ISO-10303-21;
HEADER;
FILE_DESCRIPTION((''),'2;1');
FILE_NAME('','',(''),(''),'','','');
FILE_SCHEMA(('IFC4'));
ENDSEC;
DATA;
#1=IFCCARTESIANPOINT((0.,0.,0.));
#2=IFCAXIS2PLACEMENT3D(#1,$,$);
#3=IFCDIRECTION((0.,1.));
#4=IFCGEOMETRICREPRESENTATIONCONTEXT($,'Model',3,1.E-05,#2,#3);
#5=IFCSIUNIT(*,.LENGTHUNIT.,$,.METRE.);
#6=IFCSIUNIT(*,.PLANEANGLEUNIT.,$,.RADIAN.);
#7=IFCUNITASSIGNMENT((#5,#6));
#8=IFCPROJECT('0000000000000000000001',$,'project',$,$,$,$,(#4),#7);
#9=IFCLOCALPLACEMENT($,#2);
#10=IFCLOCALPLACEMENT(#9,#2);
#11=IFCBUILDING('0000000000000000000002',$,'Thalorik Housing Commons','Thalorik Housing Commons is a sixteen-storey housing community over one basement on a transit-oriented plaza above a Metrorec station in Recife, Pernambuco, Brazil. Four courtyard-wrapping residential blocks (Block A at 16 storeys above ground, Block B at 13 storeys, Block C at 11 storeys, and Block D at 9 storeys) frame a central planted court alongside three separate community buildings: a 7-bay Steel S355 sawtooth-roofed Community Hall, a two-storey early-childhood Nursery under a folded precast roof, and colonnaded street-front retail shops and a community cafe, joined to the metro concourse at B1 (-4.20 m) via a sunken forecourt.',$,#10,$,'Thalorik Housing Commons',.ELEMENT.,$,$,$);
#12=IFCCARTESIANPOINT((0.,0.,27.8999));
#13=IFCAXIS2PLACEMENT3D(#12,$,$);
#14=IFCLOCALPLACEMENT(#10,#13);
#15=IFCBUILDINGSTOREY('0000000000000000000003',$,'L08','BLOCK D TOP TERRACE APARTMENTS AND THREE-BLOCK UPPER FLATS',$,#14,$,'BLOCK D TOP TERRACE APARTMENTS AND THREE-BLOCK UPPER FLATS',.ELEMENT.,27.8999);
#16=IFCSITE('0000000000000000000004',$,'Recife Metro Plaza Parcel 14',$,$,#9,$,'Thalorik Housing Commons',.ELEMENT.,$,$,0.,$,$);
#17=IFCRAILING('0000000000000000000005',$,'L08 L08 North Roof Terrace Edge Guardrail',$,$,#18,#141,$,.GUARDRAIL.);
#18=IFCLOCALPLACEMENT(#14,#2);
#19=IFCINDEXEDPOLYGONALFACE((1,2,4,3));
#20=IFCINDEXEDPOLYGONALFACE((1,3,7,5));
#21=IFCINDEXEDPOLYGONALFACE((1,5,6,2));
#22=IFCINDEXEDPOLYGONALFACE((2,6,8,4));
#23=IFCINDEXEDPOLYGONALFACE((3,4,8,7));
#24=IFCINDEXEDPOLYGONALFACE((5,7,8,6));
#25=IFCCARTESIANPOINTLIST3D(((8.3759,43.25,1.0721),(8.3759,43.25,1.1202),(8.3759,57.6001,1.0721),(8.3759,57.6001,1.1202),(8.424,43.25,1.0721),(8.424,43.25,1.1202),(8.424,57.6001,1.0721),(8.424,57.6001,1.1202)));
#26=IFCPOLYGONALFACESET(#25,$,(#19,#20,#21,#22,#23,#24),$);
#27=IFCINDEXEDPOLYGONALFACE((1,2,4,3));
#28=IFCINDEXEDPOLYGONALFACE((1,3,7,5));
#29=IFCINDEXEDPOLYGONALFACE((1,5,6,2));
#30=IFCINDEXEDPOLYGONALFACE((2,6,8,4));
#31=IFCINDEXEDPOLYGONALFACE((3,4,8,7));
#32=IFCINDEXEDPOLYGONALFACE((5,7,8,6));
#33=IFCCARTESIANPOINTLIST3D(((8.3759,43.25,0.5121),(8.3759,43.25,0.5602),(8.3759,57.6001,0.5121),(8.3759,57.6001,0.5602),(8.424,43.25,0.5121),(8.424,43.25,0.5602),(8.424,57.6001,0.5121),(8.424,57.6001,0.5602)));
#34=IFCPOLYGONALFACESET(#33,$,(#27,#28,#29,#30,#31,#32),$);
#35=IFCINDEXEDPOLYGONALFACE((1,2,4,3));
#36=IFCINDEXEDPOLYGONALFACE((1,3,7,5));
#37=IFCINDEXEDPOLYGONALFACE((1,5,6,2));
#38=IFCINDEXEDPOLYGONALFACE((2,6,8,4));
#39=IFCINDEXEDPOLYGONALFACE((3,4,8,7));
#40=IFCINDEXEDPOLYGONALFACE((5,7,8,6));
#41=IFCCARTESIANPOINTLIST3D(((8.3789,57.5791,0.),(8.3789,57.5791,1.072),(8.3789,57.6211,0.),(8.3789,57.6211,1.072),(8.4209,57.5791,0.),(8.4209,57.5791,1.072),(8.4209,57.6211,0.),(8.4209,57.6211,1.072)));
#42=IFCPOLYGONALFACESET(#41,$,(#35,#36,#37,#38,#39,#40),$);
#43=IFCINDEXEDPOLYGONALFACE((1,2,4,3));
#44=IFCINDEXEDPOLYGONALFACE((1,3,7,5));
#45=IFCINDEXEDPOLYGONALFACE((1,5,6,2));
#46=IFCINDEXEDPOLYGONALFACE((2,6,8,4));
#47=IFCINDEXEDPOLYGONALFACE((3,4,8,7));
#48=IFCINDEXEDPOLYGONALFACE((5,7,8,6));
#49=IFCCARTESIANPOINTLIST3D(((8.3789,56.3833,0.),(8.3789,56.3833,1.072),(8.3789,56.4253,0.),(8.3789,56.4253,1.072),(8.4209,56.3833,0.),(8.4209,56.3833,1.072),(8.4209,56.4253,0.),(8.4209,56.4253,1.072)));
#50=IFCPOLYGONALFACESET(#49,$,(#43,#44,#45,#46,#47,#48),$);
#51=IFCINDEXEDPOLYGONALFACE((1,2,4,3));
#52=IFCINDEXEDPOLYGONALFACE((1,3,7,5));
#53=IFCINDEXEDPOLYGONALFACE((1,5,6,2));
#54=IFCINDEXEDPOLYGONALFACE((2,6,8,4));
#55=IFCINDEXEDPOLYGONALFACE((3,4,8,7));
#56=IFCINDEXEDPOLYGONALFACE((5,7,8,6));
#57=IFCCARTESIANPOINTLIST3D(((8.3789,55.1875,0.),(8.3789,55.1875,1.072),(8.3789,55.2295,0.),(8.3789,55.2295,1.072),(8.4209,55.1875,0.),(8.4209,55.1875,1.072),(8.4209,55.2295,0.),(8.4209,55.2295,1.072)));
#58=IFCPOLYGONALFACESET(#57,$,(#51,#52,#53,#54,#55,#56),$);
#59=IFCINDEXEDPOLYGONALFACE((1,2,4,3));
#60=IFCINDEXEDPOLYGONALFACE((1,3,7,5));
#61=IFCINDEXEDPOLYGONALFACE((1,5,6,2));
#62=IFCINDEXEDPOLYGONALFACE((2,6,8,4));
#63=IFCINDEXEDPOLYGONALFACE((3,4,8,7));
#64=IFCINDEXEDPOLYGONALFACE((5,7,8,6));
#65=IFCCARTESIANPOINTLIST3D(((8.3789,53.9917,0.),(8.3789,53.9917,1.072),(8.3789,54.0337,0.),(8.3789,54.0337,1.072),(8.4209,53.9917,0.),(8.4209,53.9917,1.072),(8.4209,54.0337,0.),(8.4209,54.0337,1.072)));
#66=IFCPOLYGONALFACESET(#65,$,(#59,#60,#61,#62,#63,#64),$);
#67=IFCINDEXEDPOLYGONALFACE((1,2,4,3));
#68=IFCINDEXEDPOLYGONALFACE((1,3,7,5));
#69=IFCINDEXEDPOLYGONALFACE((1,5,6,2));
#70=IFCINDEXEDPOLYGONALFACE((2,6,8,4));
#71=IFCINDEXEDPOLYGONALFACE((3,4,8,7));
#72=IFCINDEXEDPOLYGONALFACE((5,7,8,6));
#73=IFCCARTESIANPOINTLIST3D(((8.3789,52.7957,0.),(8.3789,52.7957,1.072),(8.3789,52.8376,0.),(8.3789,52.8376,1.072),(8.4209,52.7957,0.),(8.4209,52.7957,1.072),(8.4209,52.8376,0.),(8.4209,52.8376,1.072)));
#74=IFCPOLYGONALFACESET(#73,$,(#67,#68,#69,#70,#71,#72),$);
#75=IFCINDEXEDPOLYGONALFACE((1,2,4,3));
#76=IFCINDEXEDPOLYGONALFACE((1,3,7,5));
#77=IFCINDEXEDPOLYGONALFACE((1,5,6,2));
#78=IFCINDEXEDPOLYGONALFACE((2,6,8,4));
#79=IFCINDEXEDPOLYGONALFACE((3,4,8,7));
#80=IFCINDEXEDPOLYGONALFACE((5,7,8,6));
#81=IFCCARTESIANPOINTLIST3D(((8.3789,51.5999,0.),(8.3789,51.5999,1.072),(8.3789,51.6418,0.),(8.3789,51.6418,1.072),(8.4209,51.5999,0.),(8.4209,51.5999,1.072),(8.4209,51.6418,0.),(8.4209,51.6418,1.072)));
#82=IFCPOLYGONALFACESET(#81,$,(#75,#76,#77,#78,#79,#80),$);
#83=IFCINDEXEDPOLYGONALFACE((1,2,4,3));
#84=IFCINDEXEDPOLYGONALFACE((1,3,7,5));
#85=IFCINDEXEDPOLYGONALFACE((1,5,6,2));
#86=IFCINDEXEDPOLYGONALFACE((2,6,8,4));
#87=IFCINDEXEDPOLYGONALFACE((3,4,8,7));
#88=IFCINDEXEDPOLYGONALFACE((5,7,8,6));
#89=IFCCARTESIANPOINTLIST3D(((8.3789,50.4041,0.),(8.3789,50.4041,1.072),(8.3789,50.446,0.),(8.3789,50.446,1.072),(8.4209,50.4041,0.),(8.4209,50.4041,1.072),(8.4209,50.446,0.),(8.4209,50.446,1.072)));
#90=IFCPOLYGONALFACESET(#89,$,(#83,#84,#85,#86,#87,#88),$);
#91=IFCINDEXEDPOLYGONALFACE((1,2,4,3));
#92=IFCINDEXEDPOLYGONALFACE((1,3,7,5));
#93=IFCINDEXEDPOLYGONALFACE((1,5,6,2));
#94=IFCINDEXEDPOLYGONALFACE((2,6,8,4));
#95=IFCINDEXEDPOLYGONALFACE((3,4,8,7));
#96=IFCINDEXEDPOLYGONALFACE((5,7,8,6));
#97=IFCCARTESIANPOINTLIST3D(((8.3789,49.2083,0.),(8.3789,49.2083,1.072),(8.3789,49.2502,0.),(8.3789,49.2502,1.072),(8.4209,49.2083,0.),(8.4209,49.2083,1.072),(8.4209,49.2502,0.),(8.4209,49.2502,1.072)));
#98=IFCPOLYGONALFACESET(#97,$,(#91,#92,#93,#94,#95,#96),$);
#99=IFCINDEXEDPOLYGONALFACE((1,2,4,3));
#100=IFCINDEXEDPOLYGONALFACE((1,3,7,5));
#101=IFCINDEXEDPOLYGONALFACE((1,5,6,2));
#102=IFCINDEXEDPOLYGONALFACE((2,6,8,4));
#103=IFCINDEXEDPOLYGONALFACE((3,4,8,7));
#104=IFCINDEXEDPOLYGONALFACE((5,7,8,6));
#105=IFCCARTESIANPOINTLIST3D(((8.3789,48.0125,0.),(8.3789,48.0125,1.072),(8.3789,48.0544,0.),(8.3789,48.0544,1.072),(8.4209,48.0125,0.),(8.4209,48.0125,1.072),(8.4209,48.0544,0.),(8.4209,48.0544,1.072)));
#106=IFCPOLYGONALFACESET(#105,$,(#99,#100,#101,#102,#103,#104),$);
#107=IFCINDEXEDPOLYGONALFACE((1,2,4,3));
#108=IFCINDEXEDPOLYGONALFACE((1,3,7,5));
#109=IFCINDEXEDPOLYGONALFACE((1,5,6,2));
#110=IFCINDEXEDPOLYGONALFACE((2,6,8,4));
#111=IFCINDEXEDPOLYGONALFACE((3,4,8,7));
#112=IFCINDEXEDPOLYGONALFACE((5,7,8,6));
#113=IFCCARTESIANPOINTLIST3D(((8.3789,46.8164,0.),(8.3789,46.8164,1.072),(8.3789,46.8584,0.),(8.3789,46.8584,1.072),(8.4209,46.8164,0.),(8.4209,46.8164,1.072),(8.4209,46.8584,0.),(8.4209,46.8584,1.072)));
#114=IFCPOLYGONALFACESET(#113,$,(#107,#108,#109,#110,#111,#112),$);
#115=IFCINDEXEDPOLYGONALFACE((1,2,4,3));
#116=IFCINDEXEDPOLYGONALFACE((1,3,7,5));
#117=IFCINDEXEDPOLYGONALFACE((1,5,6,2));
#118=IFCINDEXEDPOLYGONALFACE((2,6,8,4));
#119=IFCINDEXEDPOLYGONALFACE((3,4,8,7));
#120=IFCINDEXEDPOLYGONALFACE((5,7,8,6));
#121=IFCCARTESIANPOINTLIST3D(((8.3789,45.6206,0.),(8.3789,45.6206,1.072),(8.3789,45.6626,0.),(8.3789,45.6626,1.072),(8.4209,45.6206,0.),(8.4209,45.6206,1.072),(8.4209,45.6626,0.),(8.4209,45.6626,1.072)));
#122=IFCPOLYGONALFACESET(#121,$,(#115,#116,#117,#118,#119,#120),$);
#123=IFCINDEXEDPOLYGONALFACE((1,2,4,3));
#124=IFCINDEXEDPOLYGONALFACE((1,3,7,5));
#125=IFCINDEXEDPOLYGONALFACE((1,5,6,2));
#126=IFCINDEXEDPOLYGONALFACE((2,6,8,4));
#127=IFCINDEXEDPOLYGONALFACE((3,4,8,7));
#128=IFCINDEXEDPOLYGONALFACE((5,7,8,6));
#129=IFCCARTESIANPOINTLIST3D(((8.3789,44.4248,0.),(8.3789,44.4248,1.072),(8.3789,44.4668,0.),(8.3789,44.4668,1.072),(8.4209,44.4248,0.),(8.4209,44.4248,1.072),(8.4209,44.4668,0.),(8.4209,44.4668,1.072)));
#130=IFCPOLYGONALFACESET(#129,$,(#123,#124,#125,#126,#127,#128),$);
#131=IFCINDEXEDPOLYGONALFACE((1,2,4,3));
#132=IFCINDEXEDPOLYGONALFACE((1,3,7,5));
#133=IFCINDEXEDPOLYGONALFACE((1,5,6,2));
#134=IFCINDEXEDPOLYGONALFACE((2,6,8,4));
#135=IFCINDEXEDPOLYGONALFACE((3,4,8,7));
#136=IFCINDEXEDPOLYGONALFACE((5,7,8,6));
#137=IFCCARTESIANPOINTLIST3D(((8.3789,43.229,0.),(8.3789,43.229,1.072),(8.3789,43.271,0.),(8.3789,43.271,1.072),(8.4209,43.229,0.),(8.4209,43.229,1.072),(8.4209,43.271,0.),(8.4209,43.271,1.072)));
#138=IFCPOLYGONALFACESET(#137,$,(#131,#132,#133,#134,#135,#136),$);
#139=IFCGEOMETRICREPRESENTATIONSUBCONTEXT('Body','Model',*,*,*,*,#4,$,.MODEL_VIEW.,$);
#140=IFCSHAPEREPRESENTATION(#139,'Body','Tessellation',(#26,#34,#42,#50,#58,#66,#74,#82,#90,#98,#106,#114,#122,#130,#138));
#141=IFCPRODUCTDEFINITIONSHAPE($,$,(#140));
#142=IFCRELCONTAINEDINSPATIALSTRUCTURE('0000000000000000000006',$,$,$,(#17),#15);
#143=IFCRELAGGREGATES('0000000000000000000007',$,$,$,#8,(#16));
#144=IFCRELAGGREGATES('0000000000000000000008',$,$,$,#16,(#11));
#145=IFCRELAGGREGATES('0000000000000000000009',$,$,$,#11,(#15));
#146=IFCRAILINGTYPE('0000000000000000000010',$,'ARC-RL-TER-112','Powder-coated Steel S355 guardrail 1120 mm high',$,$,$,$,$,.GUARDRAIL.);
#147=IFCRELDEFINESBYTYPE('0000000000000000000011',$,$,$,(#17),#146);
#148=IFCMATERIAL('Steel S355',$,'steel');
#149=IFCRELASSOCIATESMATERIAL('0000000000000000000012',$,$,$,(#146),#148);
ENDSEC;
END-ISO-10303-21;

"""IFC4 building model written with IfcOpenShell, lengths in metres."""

from ifc_helpers import new_model, si_unit, direction, frame, origin, origin_2d, place, context, subcontext, project, spatial, rectangle, extrude, material, type_object, element, save


model = new_model("IFC4")

# Units and contexts
model_context = context("Model", 3, precision=1e-05, world=origin(), true_north=direction((0.0, 1.0)))
body_context = subcontext(model_context, "Body", "Model", "MODEL_VIEW")
ifc_project = project(units=[si_unit("LENGTHUNIT", "METRE"), si_unit("PLANEANGLEUNIT", "RADIAN")], contexts=[model_context])

# Site, building, storey
site_placement = place(None, origin())
site = spatial("IfcSite", under=ifc_project, at=site_placement, Name="Recife Metro Plaza Parcel 14", LongName="Thalorik Housing Commons", CompositionType="ELEMENT", RefElevation=0.0)
building_placement = place(site_placement, origin())
building = spatial("IfcBuilding", under=site, at=building_placement, Name="Thalorik Housing Commons", Description="Thalorik Housing Commons is a sixteen-storey housing community over one basement on a transit-oriented plaza above a Metrorec station in Recife, Pernambuco, Brazil. Four courtyard-wrapping residential blocks (Block A at 16 storeys above ground, Block B at 13 storeys, Block C at 11 storeys, and Block D at 9 storeys) frame a central planted court alongside three separate community buildings: a 7-bay Steel S355 sawtooth-roofed Community Hall, a two-storey early-childhood Nursery under a folded precast roof, and colonnaded street-front retail shops and a community cafe, joined to the metro concourse at B1 (-4.20 m) via a sunken forecourt.", LongName="Thalorik Housing Commons", CompositionType="ELEMENT")
storey_placement = place(building_placement, frame((0.0, 0.0, 27.8999)))
storey = spatial("IfcBuildingStorey", under=building, at=storey_placement, Name="L08", Description="BLOCK D TOP TERRACE APARTMENTS AND THREE-BLOCK UPPER FLATS", LongName="BLOCK D TOP TERRACE APARTMENTS AND THREE-BLOCK UPPER FLATS", CompositionType="ELEMENT", Elevation=27.8999)

# Railing
ifc_material_1 = material(Name="Steel S355", Category="steel")
railing_type_1 = type_object("IfcRailingType", Name="ARC-RL-TER-112", Description="Powder-coated Steel S355 guardrail 1120 mm high", PredefinedType="GUARDRAIL", material=ifc_material_1)
railing_1_placement = place(storey_placement, frame((8.3999, 57.6001, 0.0)))
element("IfcRailing", 1, at=railing_1_placement, inside=storey, type_object=railing_type_1, Name="L08 L08 North Roof Terrace Edge Guardrail", PredefinedType="GUARDRAIL", context=body_context, shape_type="SweptSolid", body=[
    extrude(rectangle(XDim=0.0481, YDim=0.0481, at=origin_2d()), frame((0.0, 0.0, 1.0962), z_axis=(0.0, -1.0, 0.0), x_axis=(1.0, 0.0, 0.0)), (0.0, 0.0, 1.0), 14.3501),
    extrude(rectangle(XDim=0.0481, YDim=0.0481, at=origin_2d()), frame((0.0, 0.0, 0.5361), z_axis=(0.0, -1.0, 0.0), x_axis=(1.0, 0.0, 0.0)), (0.0, 0.0, 1.0), 14.3501),
    extrude(rectangle(XDim=0.042, YDim=0.042, at=origin_2d()), origin(), (0.0, 0.0, 1.0), 1.072),
    extrude(rectangle(XDim=0.042, YDim=0.042, at=origin_2d()), frame((0.0, -1.1958, 0.0)), (0.0, 0.0, 1.0), 1.072),
    extrude(rectangle(XDim=0.042, YDim=0.042, at=origin_2d()), frame((0.0, -2.3916, 0.0)), (0.0, 0.0, 1.0), 1.072),
    extrude(rectangle(XDim=0.042, YDim=0.042, at=origin_2d()), frame((0.0, -3.5874, 0.0)), (0.0, 0.0, 1.0), 1.072),
    extrude(rectangle(XDim=0.042, YDim=0.042, at=origin_2d()), frame((0.0, -4.7834, 0.0)), (0.0, 0.0, 1.0), 1.072),
    extrude(rectangle(XDim=0.042, YDim=0.042, at=origin_2d()), frame((0.0, -5.9792, 0.0)), (0.0, 0.0, 1.0), 1.072),
    extrude(rectangle(XDim=0.042, YDim=0.042, at=origin_2d()), frame((0.0, -7.175, 0.0)), (0.0, 0.0, 1.0), 1.072),
    extrude(rectangle(XDim=0.042, YDim=0.042, at=origin_2d()), frame((0.0, -8.3708, 0.0)), (0.0, 0.0, 1.0), 1.072),
    extrude(rectangle(XDim=0.042, YDim=0.042, at=origin_2d()), frame((0.0, -9.5667, 0.0)), (0.0, 0.0, 1.0), 1.072),
    extrude(rectangle(XDim=0.042, YDim=0.042, at=origin_2d()), frame((0.0, -10.7627, 0.0)), (0.0, 0.0, 1.0), 1.072),
    extrude(rectangle(XDim=0.042, YDim=0.042, at=origin_2d()), frame((0.0, -11.9585, 0.0)), (0.0, 0.0, 1.0), 1.072),
    extrude(rectangle(XDim=0.042, YDim=0.042, at=origin_2d()), frame((0.0, -13.1543, 0.0)), (0.0, 0.0, 1.0), 1.072),
    extrude(rectangle(XDim=0.042, YDim=0.042, at=origin_2d()), frame((0.0, -14.3501, 0.0)), (0.0, 0.0, 1.0), 1.072),
])

save(model, "model.ifc")
